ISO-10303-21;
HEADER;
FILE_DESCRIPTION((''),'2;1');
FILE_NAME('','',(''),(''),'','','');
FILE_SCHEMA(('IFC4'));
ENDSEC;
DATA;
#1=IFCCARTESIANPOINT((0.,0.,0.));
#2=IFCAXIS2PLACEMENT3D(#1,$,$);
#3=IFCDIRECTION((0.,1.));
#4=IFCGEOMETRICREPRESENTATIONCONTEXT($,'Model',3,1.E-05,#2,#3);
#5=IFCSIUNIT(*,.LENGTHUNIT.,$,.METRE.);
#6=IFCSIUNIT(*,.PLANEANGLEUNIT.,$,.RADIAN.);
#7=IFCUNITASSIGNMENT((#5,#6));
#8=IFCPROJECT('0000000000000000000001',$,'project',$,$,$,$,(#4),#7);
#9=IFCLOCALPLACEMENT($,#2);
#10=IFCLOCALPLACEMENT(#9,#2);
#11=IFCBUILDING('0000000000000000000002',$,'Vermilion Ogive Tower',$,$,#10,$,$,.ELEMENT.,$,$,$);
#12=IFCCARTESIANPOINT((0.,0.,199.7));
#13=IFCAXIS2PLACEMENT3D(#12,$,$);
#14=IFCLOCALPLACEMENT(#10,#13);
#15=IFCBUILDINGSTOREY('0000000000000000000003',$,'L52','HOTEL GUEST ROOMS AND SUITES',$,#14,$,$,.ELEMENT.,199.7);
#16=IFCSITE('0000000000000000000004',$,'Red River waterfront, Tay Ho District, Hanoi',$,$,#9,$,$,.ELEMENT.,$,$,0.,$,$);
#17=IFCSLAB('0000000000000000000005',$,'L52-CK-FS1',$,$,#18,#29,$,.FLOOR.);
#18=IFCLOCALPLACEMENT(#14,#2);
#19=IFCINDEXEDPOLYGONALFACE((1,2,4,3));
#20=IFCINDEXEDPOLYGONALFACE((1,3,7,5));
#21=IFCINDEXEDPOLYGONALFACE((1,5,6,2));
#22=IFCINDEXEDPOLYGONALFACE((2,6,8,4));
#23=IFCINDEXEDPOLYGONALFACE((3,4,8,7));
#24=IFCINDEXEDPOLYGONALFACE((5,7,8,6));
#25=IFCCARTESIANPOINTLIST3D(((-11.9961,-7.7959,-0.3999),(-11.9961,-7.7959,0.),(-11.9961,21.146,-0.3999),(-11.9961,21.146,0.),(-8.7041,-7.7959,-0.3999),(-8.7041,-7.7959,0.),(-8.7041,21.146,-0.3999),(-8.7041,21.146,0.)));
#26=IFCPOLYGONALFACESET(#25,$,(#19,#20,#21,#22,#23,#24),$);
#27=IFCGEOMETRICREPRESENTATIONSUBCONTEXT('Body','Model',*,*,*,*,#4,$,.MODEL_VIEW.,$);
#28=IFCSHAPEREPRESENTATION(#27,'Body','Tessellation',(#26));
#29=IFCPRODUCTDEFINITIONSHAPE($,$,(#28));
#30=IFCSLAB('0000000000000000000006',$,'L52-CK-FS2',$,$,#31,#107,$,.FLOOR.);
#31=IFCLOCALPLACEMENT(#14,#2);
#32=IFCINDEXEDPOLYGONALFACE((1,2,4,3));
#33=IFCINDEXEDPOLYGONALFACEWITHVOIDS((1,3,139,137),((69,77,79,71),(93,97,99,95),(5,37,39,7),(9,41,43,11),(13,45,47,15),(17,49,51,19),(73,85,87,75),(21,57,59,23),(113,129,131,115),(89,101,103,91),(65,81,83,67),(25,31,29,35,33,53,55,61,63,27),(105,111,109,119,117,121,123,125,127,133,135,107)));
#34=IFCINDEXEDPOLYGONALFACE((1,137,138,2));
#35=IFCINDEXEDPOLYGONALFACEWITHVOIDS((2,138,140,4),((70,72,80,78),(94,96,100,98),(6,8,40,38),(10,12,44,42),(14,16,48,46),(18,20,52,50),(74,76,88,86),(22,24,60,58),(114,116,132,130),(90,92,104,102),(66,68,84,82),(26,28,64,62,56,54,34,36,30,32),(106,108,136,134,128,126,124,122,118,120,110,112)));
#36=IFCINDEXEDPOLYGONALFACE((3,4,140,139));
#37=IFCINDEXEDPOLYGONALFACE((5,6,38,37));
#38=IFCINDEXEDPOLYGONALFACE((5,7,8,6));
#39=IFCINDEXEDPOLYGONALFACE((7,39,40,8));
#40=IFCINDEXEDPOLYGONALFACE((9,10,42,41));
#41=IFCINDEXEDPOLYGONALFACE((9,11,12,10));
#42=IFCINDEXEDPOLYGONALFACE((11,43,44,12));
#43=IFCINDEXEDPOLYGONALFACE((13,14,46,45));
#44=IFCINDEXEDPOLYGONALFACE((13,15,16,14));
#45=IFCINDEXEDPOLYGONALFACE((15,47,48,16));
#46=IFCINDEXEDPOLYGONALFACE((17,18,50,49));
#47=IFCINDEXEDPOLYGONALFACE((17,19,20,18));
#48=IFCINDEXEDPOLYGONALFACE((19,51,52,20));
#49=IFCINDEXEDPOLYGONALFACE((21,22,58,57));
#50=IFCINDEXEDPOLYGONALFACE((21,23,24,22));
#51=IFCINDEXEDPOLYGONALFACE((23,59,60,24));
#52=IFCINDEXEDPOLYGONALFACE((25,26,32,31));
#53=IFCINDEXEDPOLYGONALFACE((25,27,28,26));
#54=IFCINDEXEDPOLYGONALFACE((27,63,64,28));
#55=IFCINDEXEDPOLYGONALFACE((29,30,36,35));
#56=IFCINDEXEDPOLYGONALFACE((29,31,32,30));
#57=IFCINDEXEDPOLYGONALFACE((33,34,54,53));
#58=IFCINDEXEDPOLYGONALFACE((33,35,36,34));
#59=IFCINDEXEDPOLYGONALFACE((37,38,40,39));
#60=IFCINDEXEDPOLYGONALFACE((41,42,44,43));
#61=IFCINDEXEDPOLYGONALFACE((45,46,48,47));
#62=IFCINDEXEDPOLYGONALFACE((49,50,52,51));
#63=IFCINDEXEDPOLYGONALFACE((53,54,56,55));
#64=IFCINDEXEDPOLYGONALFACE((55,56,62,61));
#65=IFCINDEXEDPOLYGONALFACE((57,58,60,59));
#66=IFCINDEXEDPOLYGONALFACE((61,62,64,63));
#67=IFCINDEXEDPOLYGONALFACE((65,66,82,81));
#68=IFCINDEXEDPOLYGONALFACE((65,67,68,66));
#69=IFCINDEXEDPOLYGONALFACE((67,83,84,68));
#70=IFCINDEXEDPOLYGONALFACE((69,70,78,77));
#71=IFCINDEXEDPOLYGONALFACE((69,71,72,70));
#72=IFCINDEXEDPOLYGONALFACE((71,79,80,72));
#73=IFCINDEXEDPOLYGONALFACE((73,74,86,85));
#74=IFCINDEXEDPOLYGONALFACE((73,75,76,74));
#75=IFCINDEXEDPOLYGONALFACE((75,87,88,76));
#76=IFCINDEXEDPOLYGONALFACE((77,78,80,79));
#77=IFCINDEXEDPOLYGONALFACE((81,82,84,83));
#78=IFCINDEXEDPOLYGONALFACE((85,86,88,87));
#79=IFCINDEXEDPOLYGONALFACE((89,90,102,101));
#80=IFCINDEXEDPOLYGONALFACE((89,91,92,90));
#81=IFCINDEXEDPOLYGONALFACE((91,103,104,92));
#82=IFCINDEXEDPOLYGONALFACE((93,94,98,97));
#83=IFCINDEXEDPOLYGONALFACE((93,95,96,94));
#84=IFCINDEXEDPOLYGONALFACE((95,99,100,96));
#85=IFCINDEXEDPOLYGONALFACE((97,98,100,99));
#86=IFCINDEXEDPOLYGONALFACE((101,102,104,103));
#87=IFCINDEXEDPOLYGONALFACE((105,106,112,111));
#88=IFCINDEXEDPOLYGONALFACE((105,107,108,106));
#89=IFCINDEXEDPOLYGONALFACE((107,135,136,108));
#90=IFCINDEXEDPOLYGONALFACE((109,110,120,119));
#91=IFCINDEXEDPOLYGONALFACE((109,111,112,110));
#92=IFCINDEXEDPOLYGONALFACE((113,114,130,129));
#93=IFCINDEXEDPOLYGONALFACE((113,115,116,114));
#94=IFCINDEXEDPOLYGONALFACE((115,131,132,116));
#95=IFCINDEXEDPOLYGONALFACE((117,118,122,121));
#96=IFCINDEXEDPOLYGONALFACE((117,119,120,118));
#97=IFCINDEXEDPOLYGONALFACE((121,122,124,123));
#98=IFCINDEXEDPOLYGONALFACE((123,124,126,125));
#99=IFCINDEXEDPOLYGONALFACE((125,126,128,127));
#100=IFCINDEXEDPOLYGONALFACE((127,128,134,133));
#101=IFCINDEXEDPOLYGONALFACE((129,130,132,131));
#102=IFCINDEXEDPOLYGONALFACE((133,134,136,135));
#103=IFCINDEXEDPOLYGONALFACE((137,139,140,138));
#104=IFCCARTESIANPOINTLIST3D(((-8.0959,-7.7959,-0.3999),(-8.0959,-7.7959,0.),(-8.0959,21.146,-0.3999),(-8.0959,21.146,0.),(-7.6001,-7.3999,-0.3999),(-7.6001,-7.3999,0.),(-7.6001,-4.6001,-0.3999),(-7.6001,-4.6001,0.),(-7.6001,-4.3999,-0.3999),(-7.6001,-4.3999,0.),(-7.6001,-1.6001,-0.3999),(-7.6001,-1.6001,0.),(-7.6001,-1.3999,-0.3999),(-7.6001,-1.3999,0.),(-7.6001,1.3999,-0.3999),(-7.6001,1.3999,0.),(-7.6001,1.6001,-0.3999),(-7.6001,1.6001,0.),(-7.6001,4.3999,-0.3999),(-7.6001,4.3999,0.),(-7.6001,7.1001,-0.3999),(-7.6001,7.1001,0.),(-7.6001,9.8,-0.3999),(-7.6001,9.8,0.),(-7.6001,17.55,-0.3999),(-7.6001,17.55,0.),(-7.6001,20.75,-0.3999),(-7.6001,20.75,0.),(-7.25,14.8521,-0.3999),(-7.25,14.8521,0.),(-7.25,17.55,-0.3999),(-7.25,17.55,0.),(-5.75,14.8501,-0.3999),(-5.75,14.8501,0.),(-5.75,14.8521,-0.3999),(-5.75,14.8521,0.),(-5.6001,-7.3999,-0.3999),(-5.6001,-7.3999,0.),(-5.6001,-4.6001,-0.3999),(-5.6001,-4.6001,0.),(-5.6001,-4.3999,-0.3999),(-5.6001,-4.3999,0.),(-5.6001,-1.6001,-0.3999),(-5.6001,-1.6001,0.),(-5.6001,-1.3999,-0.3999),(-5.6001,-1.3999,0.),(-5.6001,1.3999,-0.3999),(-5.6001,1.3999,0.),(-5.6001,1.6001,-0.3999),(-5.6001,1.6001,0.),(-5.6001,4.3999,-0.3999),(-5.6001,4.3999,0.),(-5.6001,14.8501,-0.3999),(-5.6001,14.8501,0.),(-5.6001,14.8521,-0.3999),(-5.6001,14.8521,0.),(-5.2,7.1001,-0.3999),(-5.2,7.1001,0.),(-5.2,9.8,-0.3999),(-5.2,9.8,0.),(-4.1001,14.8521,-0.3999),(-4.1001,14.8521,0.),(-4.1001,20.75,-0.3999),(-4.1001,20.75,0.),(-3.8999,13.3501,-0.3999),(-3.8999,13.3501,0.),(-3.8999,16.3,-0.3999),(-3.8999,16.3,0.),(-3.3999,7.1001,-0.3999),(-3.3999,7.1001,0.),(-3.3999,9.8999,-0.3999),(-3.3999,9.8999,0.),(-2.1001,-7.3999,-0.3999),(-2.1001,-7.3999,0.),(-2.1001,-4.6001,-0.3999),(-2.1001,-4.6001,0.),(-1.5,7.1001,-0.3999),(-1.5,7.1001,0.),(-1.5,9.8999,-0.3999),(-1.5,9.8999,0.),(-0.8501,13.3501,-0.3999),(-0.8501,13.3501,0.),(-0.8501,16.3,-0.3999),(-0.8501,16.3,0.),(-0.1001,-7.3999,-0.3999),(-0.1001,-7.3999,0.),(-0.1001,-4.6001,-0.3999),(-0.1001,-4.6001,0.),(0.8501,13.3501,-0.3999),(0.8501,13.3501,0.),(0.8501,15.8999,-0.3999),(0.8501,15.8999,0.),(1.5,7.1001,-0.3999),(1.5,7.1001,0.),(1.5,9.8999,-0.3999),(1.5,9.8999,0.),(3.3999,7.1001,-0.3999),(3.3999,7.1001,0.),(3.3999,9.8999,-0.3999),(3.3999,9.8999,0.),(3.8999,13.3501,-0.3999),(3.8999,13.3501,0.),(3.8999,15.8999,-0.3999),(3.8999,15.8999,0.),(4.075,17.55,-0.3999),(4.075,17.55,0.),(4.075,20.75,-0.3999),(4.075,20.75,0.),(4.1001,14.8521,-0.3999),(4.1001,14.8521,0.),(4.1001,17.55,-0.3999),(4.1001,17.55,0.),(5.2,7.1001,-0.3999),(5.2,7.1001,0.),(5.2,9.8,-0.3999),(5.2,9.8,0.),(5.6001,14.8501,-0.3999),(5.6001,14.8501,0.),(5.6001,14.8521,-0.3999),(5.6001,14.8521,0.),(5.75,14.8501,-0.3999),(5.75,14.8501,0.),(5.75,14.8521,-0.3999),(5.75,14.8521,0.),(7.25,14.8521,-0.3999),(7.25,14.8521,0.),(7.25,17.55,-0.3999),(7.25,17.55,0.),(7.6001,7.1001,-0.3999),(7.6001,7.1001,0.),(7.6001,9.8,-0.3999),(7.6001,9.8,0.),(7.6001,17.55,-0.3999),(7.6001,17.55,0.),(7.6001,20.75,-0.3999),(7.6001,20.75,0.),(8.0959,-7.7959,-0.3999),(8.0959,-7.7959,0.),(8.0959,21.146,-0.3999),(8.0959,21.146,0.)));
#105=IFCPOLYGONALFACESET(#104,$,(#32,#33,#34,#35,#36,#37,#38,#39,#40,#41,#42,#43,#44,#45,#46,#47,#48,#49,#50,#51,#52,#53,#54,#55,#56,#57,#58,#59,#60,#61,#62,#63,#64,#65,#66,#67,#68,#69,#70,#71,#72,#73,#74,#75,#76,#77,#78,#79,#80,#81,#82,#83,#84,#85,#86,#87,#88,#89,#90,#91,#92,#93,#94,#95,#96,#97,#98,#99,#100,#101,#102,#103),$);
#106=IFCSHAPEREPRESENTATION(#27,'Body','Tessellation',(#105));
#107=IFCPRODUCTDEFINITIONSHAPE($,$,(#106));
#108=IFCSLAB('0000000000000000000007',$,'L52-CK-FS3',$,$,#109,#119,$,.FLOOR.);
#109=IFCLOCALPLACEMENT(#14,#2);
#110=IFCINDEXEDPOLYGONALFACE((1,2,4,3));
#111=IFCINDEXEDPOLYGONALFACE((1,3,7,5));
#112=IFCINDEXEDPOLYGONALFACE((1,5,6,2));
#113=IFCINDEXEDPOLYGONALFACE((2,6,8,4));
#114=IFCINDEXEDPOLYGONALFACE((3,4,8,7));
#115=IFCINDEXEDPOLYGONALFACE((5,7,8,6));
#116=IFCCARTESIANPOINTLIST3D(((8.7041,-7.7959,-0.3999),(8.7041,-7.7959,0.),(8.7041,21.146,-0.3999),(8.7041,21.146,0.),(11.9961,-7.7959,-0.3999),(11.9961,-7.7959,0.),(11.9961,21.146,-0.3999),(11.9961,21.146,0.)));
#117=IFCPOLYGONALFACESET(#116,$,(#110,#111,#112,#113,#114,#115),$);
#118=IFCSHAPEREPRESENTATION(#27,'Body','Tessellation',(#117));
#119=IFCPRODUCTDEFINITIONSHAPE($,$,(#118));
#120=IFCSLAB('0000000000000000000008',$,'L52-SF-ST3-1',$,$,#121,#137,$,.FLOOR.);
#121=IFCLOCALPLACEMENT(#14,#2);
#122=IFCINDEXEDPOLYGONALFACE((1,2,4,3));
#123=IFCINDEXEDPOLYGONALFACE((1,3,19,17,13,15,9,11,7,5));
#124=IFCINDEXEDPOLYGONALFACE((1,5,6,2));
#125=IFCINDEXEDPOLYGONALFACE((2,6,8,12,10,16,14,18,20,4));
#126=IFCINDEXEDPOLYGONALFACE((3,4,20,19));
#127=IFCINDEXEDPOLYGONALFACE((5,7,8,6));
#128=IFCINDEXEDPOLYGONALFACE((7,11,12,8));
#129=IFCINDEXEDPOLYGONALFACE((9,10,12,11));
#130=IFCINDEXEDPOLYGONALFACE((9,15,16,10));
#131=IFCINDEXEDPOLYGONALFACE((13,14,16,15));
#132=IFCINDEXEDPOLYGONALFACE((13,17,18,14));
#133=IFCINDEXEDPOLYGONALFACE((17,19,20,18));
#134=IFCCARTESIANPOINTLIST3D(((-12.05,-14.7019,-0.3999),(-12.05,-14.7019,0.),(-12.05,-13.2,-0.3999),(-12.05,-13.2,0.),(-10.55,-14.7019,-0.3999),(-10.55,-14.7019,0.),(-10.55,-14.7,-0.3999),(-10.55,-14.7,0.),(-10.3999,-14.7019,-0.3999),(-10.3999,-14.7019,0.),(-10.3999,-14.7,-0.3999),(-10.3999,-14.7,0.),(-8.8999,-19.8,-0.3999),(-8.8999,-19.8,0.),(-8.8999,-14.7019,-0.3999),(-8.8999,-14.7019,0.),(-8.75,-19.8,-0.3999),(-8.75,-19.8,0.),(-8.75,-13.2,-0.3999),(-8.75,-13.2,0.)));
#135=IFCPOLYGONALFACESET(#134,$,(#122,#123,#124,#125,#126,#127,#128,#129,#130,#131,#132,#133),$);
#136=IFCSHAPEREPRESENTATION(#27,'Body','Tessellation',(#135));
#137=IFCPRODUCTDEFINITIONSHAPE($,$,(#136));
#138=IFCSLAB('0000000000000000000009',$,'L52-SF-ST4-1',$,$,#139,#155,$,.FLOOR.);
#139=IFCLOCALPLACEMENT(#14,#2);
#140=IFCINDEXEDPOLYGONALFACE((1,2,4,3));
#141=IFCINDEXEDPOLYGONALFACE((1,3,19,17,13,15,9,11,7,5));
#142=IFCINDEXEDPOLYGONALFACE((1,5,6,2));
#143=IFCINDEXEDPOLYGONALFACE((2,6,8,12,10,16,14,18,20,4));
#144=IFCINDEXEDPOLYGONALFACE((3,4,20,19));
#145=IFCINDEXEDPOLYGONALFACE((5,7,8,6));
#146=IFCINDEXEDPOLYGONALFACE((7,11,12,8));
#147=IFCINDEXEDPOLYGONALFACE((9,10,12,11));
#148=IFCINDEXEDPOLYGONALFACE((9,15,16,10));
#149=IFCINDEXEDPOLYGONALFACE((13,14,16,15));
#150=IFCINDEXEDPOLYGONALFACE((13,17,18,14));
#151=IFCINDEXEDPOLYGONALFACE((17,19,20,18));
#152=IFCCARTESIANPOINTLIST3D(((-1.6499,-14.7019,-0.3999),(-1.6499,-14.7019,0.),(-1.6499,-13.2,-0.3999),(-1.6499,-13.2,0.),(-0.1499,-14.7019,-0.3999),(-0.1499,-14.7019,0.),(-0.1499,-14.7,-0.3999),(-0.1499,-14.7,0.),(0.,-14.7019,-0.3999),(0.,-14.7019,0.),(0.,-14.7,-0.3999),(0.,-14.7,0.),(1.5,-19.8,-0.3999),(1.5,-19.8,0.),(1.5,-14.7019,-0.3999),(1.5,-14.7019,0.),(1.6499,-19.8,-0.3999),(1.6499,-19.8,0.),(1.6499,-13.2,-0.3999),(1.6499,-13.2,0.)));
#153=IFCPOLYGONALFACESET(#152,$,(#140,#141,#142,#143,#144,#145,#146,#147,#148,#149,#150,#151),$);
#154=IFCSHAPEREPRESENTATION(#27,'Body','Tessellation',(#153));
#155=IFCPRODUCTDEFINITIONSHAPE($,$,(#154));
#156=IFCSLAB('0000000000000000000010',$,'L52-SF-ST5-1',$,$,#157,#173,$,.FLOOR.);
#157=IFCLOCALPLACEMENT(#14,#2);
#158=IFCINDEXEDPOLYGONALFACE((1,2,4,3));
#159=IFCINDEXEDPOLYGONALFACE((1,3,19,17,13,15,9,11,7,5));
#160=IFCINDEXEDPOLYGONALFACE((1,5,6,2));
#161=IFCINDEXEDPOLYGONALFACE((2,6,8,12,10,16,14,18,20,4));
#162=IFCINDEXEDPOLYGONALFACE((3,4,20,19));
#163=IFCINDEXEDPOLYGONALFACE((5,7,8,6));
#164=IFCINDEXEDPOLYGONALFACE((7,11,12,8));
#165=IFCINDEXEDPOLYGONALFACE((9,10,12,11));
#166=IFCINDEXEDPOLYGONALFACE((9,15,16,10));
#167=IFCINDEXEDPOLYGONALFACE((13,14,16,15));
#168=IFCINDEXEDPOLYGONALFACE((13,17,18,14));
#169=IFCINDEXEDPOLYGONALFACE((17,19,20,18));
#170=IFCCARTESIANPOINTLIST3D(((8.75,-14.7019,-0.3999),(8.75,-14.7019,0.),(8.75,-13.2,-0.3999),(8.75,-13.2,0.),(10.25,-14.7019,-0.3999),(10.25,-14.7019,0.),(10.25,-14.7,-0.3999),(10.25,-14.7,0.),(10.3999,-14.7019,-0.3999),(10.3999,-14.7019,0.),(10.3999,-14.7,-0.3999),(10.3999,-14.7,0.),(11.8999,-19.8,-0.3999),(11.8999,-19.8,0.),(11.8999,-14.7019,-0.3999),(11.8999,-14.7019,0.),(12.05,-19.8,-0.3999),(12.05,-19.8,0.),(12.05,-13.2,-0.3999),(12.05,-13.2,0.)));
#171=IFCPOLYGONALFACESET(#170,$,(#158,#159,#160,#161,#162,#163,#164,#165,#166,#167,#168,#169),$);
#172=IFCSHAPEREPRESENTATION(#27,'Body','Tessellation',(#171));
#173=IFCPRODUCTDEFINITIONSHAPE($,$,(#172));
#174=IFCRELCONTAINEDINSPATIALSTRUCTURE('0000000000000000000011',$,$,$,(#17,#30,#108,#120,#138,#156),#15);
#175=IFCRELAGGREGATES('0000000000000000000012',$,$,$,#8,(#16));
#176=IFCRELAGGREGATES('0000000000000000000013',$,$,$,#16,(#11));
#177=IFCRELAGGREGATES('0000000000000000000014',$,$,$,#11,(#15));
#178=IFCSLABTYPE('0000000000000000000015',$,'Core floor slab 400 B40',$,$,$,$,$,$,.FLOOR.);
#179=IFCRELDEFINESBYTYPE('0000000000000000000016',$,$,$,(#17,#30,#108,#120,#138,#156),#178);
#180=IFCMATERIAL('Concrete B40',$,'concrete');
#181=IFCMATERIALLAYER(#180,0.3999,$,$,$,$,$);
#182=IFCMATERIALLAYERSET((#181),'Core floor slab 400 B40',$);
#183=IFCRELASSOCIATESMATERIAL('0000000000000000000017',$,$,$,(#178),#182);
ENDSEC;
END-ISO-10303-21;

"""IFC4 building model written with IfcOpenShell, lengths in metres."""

from ifc_helpers import new_model, si_unit, direction, frame, origin, place, context, subcontext, project, spatial, polyline, outline, extrude, material, layer, layer_set, type_object, element, save


model = new_model("IFC4")

# Units and contexts
model_context = context("Model", 3, precision=1e-05, world=origin(), true_north=direction((0.0, 1.0)))
body_context = subcontext(model_context, "Body", "Model", "MODEL_VIEW")
ifc_project = project(units=[si_unit("LENGTHUNIT", "METRE"), si_unit("PLANEANGLEUNIT", "RADIAN")], contexts=[model_context])

# Site, building, storey
site_placement = place(None, origin())
site = spatial("IfcSite", under=ifc_project, at=site_placement, Name="Red River waterfront, Tay Ho District, Hanoi", CompositionType="ELEMENT", RefElevation=0.0)
building_placement = place(site_placement, origin())
building = spatial("IfcBuilding", under=site, at=building_placement, Name="Vermilion Ogive Tower", CompositionType="ELEMENT")
storey_placement = place(building_placement, frame((0.0, 0.0, 199.7)))
storey = spatial("IfcBuildingStorey", under=building, at=storey_placement, Name="L52", Description="HOTEL GUEST ROOMS AND SUITES", CompositionType="ELEMENT", Elevation=199.7)

# Slabs
ifc_material_1 = material(Name="Concrete B40", Category="concrete")
ifc_layer_1 = layer(ifc_material_1, 0.3999)
ifc_layer_set_1 = layer_set([ifc_layer_1], Name="Core floor slab 400 B40")
slab_type_1 = type_object("IfcSlabType", Name="Core floor slab 400 B40", PredefinedType="FLOOR", material=ifc_layer_set_1)
slab_1_placement = place(storey_placement, frame((0.0, 0.0, -0.3999)))
element("IfcSlab", 1, at=slab_1_placement, inside=storey, type_object=slab_type_1, Name="L52-CK-FS1", PredefinedType="FLOOR", context=body_context, shape_type="SweptSolid", body=[
    extrude(outline(polyline([(-11.9961, 21.146), (-8.7041, 21.146), (-8.7041, -7.7959), (-11.9961, -7.7959), (-11.9961, 21.146)])), origin(), (0.0, 0.0, 1.0), 0.3999),
])
slab_2_placement = place(storey_placement, frame((0.0, 0.0, -0.3999)))
element("IfcSlab", 2, at=slab_2_placement, inside=storey, type_object=slab_type_1, Name="L52-CK-FS2", PredefinedType="FLOOR", context=body_context, shape_type="SweptSolid", body=[
    extrude(outline(polyline([(-8.0959, -7.7959), (8.0959, -7.7959), (8.0959, 21.146), (-8.0959, 21.146), (-8.0959, -7.7959)]), holes=[polyline([(-7.6001, -7.3999), (-7.6001, -4.6001), (-5.6001, -4.6001), (-5.6001, -7.3999), (-7.6001, -7.3999)]), polyline([(-7.6001, -4.3999), (-7.6001, -1.6001), (-5.6001, -1.6001), (-5.6001, -4.3999), (-7.6001, -4.3999)]), polyline([(-7.6001, -1.3999), (-7.6001, 1.3999), (-5.6001, 1.3999), (-5.6001, -1.3999), (-7.6001, -1.3999)]), polyline([(-7.6001, 1.6001), (-7.6001, 4.3999), (-5.6001, 4.3999), (-5.6001, 1.6001), (-7.6001, 1.6001)]), polyline([(-7.6001, 7.1001), (-7.6001, 9.8), (-5.2, 9.8), (-5.2, 7.1001), (-7.6001, 7.1001)]), polyline([(-3.3999, 9.8999), (-1.5, 9.8999), (-1.5, 7.1001), (-3.3999, 7.1001), (-3.3999, 9.8999)]), polyline([(-7.6001, 17.55), (-7.6001, 20.75), (-4.1001, 20.75), (-4.1001, 14.8521), (-5.6001, 14.8521), (-5.6001, 14.8501), (-5.75, 14.8501), (-5.75, 14.8521), (-7.25, 14.8521), (-7.25, 17.55), (-7.6001, 17.55)]), polyline([(-2.1001, -7.3999), (-2.1001, -4.6001), (-0.1001, -4.6001), (-0.1001, -7.3999), (-2.1001, -7.3999)]), polyline([(5.2, 7.1001), (5.2, 9.8), (7.6001, 9.8), (7.6001, 7.1001), (5.2, 7.1001)]), polyline([(1.5, 7.1001), (1.5, 9.8999), (3.3999, 9.8999), (3.3999, 7.1001), (1.5, 7.1001)]), polyline([(0.8501, 13.3501), (0.8501, 15.8999), (3.8999, 15.8999), (3.8999, 13.3501), (0.8501, 13.3501)]), polyline([(-3.8999, 16.3), (-0.8501, 16.3), (-0.8501, 13.3501), (-3.8999, 13.3501), (-3.8999, 16.3)]), polyline([(5.75, 14.8501), (5.6001, 14.8501), (5.6001, 14.8521), (4.1001, 14.8521), (4.1001, 17.55), (4.075, 17.55), (4.075, 20.75), (7.6001, 20.75), (7.6001, 17.55), (7.25, 17.55), (7.25, 14.8521), (5.75, 14.8521), (5.75, 14.8501)])]), origin(), (0.0, 0.0, 1.0), 0.3999),
])
slab_3_placement = place(storey_placement, frame((0.0, 0.0, -0.3999)))
element("IfcSlab", 3, at=slab_3_placement, inside=storey, type_object=slab_type_1, Name="L52-CK-FS3", PredefinedType="FLOOR", context=body_context, shape_type="SweptSolid", body=[
    extrude(outline(polyline([(11.9961, 21.146), (11.9961, -7.7959), (8.7041, -7.7959), (8.7041, 21.146), (11.9961, 21.146)])), origin(), (0.0, 0.0, 1.0), 0.3999),
])
slab_4_placement = place(storey_placement, frame((0.0, 0.0, -0.3999)))
element("IfcSlab", 4, at=slab_4_placement, inside=storey, type_object=slab_type_1, Name="L52-SF-ST3-1", PredefinedType="FLOOR", context=body_context, shape_type="SweptSolid", body=[
    extrude(outline(polyline([(-12.05, -13.2), (-12.05, -14.7019), (-10.55, -14.7019), (-10.55, -14.7), (-10.3999, -14.7), (-10.3999, -14.7019), (-8.8999, -14.7019), (-8.8999, -19.8), (-8.75, -19.8), (-8.75, -13.2), (-12.05, -13.2)])), origin(), (0.0, 0.0, 1.0), 0.3999),
])
slab_5_placement = place(storey_placement, frame((0.0, 0.0, -0.3999)))
element("IfcSlab", 5, at=slab_5_placement, inside=storey, type_object=slab_type_1, Name="L52-SF-ST4-1", PredefinedType="FLOOR", context=body_context, shape_type="SweptSolid", body=[
    extrude(outline(polyline([(-1.6499, -13.2), (-1.6499, -14.7019), (-0.1499, -14.7019), (-0.1499, -14.7), (0.0, -14.7), (0.0, -14.7019), (1.5, -14.7019), (1.5, -19.8), (1.6499, -19.8), (1.6499, -13.2), (-1.6499, -13.2)])), origin(), (0.0, 0.0, 1.0), 0.3999),
])
slab_6_placement = place(storey_placement, frame((0.0, 0.0, -0.3999)))
element("IfcSlab", 6, at=slab_6_placement, inside=storey, type_object=slab_type_1, Name="L52-SF-ST5-1", PredefinedType="FLOOR", context=body_context, shape_type="SweptSolid", body=[
    extrude(outline(polyline([(8.75, -13.2), (8.75, -14.7019), (10.25, -14.7019), (10.25, -14.7), (10.3999, -14.7), (10.3999, -14.7019), (11.8999, -14.7019), (11.8999, -19.8), (12.05, -19.8), (12.05, -13.2), (8.75, -13.2)])), origin(), (0.0, 0.0, 1.0), 0.3999),
])

save(model, "model.ifc")
